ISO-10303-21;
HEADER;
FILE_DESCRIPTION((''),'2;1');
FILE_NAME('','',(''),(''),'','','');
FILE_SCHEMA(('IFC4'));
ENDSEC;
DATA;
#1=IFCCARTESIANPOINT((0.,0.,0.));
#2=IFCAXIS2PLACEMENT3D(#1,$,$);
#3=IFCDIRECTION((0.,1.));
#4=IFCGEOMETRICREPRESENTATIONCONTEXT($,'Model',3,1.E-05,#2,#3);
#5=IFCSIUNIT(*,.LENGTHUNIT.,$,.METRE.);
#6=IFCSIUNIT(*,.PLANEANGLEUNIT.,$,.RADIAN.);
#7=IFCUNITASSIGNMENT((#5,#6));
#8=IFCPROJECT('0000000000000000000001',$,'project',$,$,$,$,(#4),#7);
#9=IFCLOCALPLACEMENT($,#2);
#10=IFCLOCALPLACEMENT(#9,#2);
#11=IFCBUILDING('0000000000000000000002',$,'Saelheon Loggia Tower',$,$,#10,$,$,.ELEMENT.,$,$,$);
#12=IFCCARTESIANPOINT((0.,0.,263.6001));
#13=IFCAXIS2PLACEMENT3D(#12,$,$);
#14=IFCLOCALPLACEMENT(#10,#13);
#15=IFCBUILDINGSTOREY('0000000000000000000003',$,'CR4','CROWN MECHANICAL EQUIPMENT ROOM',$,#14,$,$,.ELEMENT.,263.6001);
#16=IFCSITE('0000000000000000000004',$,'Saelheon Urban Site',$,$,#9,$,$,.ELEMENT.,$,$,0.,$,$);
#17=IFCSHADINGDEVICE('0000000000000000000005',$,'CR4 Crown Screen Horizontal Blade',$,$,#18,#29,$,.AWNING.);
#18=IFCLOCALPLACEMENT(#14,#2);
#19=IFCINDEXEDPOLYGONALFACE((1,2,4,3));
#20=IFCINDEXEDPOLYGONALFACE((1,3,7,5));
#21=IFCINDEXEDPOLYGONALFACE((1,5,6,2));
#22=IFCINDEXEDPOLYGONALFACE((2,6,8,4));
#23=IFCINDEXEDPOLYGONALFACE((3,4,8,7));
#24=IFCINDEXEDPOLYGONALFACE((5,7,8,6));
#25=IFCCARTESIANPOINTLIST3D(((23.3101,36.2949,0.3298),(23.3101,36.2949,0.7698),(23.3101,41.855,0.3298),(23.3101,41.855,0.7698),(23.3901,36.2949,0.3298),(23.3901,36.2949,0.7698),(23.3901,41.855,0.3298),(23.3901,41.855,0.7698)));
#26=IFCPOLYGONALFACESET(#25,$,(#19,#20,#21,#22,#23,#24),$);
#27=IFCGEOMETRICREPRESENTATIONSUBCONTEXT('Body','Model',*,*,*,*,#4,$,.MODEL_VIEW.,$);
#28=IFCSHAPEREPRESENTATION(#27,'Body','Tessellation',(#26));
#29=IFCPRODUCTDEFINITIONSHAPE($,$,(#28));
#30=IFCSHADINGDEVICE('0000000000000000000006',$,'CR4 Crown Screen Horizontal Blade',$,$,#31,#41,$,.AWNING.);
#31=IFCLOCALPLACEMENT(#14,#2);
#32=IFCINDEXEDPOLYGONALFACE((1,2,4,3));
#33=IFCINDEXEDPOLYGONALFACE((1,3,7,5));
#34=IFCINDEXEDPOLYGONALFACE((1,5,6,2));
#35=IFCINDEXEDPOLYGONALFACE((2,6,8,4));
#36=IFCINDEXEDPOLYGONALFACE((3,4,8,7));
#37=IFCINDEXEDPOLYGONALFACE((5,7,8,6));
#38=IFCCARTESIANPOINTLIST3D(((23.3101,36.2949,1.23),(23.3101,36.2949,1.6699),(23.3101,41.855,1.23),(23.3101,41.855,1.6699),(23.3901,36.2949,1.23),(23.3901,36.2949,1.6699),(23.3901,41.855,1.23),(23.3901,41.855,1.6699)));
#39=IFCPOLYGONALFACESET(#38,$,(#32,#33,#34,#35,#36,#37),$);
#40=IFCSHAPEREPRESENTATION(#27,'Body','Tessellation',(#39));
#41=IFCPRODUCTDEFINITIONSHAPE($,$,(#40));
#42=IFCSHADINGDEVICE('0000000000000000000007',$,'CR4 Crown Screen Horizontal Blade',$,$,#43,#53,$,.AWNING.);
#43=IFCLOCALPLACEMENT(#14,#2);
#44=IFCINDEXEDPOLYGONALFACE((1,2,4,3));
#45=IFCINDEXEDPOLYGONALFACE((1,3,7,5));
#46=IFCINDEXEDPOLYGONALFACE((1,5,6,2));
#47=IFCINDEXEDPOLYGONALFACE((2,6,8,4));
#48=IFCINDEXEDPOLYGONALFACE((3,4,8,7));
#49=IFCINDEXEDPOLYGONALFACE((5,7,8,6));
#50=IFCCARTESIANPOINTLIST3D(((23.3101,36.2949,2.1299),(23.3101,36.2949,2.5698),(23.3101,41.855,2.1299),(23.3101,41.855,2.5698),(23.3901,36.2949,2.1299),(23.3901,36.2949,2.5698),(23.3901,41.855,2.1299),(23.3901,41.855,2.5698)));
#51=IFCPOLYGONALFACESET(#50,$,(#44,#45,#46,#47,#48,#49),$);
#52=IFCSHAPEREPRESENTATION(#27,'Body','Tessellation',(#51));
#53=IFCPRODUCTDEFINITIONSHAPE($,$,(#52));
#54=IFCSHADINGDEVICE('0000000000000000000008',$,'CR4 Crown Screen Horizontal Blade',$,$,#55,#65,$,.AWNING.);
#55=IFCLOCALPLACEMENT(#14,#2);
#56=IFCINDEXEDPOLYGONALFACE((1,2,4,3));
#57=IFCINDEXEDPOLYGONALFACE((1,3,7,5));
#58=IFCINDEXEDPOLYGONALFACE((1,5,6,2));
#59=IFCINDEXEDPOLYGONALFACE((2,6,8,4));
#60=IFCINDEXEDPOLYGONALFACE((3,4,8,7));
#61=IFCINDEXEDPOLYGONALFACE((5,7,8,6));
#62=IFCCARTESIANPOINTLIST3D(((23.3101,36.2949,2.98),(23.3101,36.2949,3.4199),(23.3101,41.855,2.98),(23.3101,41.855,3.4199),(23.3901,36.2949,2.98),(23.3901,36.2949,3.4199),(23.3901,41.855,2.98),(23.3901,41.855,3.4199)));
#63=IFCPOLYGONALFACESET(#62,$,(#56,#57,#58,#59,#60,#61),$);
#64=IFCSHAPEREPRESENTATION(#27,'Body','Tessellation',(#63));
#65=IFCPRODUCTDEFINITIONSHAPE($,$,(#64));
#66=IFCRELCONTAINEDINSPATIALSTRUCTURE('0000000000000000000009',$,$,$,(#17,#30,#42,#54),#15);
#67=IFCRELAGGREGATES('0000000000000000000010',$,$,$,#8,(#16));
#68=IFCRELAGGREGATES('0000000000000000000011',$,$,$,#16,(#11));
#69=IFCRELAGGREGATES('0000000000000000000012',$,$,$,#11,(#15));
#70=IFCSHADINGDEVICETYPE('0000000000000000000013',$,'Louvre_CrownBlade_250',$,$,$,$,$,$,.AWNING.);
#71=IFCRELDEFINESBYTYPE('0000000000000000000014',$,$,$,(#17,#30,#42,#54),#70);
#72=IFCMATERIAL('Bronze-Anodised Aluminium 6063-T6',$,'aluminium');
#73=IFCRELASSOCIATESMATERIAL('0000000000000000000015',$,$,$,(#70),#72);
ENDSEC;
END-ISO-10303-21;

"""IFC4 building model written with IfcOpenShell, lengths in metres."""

from ifc_helpers import new_model, si_unit, direction, frame, origin, origin_2d, place, context, subcontext, project, spatial, rectangle, extrude, source, transform, mapped, material, material_profile, profile_set, type_object, element, save


model = new_model("IFC4")

# Units and contexts
model_context = context("Model", 3, precision=1e-05, world=origin(), true_north=direction((0.0, 1.0)))
body_context = subcontext(model_context, "Body", "Model", "MODEL_VIEW")
ifc_project = project(units=[si_unit("LENGTHUNIT", "METRE"), si_unit("PLANEANGLEUNIT", "RADIAN")], contexts=[model_context])

# Site, building, storey
site_placement = place(None, origin())
site = spatial("IfcSite", under=ifc_project, at=site_placement, Name="Saelheon Urban Site", CompositionType="ELEMENT", RefElevation=0.0)
building_placement = place(site_placement, origin())
building = spatial("IfcBuilding", under=site, at=building_placement, Name="Saelheon Loggia Tower", CompositionType="ELEMENT")
storey_placement = place(building_placement, frame((0.0, 0.0, 263.6001)))
storey = spatial("IfcBuildingStorey", under=building, at=storey_placement, Name="CR4", Description="CROWN MECHANICAL EQUIPMENT ROOM", CompositionType="ELEMENT", Elevation=263.6001)

# Shared definitions
ifc_material_1 = material(Name="Bronze-Anodised Aluminium 6063-T6", Category="aluminium")

# Shading devices
ifc_material_profile_1 = material_profile(ifc_material_1, rectangle(XDim=0.0801, YDim=0.4399, at=origin_2d()), Name="Louvre_CrownBlade_250")
ifc_profile_set_1 = profile_set([ifc_material_profile_1], Name="Bronze-Anodised Aluminium 6063-T6")
shading_device_type = type_object("IfcShadingDeviceType", Name="Louvre_CrownBlade_250", PredefinedType="AWNING", material=ifc_profile_set_1)
shared_shape_1 = source(origin(), body_context, "Body", "SweptSolid", [
    extrude(rectangle(XDim=0.0801, YDim=0.4399, at=origin_2d()), origin(), (0.0, 0.0, 1.0), 5.5601),
])
for number, where, z_axis, x_axis, name in (
    (1, (23.3501, 41.855, 0.5498), (0.0, -1.0, 0.0), (1.0, 0.0, 0.0), "CR4 Crown Screen Horizontal Blade"),
    (2, (23.3501, 41.855, 1.45), (0.0, -1.0, 0.0), (1.0, 0.0, 0.0), "CR4 Crown Screen Horizontal Blade"),
    (3, (23.3501, 41.855, 2.3499), (0.0, -1.0, 0.0), (1.0, 0.0, 0.0), "CR4 Crown Screen Horizontal Blade"),
    (4, (23.3501, 41.855, 3.2), (0.0, -1.0, 0.0), (1.0, 0.0, 0.0), "CR4 Crown Screen Horizontal Blade"),
):
    element("IfcShadingDevice", number, at=place(storey_placement, frame(where, z_axis=z_axis, x_axis=x_axis)), inside=storey, type_object=shading_device_type, Name=name, PredefinedType="AWNING", context=body_context, shape_type="MappedRepresentation", body=[
        mapped(shared_shape_1, transform((0.0, 0.0, 0.0), scale=1.0)),
    ])

save(model, "model.ifc")
